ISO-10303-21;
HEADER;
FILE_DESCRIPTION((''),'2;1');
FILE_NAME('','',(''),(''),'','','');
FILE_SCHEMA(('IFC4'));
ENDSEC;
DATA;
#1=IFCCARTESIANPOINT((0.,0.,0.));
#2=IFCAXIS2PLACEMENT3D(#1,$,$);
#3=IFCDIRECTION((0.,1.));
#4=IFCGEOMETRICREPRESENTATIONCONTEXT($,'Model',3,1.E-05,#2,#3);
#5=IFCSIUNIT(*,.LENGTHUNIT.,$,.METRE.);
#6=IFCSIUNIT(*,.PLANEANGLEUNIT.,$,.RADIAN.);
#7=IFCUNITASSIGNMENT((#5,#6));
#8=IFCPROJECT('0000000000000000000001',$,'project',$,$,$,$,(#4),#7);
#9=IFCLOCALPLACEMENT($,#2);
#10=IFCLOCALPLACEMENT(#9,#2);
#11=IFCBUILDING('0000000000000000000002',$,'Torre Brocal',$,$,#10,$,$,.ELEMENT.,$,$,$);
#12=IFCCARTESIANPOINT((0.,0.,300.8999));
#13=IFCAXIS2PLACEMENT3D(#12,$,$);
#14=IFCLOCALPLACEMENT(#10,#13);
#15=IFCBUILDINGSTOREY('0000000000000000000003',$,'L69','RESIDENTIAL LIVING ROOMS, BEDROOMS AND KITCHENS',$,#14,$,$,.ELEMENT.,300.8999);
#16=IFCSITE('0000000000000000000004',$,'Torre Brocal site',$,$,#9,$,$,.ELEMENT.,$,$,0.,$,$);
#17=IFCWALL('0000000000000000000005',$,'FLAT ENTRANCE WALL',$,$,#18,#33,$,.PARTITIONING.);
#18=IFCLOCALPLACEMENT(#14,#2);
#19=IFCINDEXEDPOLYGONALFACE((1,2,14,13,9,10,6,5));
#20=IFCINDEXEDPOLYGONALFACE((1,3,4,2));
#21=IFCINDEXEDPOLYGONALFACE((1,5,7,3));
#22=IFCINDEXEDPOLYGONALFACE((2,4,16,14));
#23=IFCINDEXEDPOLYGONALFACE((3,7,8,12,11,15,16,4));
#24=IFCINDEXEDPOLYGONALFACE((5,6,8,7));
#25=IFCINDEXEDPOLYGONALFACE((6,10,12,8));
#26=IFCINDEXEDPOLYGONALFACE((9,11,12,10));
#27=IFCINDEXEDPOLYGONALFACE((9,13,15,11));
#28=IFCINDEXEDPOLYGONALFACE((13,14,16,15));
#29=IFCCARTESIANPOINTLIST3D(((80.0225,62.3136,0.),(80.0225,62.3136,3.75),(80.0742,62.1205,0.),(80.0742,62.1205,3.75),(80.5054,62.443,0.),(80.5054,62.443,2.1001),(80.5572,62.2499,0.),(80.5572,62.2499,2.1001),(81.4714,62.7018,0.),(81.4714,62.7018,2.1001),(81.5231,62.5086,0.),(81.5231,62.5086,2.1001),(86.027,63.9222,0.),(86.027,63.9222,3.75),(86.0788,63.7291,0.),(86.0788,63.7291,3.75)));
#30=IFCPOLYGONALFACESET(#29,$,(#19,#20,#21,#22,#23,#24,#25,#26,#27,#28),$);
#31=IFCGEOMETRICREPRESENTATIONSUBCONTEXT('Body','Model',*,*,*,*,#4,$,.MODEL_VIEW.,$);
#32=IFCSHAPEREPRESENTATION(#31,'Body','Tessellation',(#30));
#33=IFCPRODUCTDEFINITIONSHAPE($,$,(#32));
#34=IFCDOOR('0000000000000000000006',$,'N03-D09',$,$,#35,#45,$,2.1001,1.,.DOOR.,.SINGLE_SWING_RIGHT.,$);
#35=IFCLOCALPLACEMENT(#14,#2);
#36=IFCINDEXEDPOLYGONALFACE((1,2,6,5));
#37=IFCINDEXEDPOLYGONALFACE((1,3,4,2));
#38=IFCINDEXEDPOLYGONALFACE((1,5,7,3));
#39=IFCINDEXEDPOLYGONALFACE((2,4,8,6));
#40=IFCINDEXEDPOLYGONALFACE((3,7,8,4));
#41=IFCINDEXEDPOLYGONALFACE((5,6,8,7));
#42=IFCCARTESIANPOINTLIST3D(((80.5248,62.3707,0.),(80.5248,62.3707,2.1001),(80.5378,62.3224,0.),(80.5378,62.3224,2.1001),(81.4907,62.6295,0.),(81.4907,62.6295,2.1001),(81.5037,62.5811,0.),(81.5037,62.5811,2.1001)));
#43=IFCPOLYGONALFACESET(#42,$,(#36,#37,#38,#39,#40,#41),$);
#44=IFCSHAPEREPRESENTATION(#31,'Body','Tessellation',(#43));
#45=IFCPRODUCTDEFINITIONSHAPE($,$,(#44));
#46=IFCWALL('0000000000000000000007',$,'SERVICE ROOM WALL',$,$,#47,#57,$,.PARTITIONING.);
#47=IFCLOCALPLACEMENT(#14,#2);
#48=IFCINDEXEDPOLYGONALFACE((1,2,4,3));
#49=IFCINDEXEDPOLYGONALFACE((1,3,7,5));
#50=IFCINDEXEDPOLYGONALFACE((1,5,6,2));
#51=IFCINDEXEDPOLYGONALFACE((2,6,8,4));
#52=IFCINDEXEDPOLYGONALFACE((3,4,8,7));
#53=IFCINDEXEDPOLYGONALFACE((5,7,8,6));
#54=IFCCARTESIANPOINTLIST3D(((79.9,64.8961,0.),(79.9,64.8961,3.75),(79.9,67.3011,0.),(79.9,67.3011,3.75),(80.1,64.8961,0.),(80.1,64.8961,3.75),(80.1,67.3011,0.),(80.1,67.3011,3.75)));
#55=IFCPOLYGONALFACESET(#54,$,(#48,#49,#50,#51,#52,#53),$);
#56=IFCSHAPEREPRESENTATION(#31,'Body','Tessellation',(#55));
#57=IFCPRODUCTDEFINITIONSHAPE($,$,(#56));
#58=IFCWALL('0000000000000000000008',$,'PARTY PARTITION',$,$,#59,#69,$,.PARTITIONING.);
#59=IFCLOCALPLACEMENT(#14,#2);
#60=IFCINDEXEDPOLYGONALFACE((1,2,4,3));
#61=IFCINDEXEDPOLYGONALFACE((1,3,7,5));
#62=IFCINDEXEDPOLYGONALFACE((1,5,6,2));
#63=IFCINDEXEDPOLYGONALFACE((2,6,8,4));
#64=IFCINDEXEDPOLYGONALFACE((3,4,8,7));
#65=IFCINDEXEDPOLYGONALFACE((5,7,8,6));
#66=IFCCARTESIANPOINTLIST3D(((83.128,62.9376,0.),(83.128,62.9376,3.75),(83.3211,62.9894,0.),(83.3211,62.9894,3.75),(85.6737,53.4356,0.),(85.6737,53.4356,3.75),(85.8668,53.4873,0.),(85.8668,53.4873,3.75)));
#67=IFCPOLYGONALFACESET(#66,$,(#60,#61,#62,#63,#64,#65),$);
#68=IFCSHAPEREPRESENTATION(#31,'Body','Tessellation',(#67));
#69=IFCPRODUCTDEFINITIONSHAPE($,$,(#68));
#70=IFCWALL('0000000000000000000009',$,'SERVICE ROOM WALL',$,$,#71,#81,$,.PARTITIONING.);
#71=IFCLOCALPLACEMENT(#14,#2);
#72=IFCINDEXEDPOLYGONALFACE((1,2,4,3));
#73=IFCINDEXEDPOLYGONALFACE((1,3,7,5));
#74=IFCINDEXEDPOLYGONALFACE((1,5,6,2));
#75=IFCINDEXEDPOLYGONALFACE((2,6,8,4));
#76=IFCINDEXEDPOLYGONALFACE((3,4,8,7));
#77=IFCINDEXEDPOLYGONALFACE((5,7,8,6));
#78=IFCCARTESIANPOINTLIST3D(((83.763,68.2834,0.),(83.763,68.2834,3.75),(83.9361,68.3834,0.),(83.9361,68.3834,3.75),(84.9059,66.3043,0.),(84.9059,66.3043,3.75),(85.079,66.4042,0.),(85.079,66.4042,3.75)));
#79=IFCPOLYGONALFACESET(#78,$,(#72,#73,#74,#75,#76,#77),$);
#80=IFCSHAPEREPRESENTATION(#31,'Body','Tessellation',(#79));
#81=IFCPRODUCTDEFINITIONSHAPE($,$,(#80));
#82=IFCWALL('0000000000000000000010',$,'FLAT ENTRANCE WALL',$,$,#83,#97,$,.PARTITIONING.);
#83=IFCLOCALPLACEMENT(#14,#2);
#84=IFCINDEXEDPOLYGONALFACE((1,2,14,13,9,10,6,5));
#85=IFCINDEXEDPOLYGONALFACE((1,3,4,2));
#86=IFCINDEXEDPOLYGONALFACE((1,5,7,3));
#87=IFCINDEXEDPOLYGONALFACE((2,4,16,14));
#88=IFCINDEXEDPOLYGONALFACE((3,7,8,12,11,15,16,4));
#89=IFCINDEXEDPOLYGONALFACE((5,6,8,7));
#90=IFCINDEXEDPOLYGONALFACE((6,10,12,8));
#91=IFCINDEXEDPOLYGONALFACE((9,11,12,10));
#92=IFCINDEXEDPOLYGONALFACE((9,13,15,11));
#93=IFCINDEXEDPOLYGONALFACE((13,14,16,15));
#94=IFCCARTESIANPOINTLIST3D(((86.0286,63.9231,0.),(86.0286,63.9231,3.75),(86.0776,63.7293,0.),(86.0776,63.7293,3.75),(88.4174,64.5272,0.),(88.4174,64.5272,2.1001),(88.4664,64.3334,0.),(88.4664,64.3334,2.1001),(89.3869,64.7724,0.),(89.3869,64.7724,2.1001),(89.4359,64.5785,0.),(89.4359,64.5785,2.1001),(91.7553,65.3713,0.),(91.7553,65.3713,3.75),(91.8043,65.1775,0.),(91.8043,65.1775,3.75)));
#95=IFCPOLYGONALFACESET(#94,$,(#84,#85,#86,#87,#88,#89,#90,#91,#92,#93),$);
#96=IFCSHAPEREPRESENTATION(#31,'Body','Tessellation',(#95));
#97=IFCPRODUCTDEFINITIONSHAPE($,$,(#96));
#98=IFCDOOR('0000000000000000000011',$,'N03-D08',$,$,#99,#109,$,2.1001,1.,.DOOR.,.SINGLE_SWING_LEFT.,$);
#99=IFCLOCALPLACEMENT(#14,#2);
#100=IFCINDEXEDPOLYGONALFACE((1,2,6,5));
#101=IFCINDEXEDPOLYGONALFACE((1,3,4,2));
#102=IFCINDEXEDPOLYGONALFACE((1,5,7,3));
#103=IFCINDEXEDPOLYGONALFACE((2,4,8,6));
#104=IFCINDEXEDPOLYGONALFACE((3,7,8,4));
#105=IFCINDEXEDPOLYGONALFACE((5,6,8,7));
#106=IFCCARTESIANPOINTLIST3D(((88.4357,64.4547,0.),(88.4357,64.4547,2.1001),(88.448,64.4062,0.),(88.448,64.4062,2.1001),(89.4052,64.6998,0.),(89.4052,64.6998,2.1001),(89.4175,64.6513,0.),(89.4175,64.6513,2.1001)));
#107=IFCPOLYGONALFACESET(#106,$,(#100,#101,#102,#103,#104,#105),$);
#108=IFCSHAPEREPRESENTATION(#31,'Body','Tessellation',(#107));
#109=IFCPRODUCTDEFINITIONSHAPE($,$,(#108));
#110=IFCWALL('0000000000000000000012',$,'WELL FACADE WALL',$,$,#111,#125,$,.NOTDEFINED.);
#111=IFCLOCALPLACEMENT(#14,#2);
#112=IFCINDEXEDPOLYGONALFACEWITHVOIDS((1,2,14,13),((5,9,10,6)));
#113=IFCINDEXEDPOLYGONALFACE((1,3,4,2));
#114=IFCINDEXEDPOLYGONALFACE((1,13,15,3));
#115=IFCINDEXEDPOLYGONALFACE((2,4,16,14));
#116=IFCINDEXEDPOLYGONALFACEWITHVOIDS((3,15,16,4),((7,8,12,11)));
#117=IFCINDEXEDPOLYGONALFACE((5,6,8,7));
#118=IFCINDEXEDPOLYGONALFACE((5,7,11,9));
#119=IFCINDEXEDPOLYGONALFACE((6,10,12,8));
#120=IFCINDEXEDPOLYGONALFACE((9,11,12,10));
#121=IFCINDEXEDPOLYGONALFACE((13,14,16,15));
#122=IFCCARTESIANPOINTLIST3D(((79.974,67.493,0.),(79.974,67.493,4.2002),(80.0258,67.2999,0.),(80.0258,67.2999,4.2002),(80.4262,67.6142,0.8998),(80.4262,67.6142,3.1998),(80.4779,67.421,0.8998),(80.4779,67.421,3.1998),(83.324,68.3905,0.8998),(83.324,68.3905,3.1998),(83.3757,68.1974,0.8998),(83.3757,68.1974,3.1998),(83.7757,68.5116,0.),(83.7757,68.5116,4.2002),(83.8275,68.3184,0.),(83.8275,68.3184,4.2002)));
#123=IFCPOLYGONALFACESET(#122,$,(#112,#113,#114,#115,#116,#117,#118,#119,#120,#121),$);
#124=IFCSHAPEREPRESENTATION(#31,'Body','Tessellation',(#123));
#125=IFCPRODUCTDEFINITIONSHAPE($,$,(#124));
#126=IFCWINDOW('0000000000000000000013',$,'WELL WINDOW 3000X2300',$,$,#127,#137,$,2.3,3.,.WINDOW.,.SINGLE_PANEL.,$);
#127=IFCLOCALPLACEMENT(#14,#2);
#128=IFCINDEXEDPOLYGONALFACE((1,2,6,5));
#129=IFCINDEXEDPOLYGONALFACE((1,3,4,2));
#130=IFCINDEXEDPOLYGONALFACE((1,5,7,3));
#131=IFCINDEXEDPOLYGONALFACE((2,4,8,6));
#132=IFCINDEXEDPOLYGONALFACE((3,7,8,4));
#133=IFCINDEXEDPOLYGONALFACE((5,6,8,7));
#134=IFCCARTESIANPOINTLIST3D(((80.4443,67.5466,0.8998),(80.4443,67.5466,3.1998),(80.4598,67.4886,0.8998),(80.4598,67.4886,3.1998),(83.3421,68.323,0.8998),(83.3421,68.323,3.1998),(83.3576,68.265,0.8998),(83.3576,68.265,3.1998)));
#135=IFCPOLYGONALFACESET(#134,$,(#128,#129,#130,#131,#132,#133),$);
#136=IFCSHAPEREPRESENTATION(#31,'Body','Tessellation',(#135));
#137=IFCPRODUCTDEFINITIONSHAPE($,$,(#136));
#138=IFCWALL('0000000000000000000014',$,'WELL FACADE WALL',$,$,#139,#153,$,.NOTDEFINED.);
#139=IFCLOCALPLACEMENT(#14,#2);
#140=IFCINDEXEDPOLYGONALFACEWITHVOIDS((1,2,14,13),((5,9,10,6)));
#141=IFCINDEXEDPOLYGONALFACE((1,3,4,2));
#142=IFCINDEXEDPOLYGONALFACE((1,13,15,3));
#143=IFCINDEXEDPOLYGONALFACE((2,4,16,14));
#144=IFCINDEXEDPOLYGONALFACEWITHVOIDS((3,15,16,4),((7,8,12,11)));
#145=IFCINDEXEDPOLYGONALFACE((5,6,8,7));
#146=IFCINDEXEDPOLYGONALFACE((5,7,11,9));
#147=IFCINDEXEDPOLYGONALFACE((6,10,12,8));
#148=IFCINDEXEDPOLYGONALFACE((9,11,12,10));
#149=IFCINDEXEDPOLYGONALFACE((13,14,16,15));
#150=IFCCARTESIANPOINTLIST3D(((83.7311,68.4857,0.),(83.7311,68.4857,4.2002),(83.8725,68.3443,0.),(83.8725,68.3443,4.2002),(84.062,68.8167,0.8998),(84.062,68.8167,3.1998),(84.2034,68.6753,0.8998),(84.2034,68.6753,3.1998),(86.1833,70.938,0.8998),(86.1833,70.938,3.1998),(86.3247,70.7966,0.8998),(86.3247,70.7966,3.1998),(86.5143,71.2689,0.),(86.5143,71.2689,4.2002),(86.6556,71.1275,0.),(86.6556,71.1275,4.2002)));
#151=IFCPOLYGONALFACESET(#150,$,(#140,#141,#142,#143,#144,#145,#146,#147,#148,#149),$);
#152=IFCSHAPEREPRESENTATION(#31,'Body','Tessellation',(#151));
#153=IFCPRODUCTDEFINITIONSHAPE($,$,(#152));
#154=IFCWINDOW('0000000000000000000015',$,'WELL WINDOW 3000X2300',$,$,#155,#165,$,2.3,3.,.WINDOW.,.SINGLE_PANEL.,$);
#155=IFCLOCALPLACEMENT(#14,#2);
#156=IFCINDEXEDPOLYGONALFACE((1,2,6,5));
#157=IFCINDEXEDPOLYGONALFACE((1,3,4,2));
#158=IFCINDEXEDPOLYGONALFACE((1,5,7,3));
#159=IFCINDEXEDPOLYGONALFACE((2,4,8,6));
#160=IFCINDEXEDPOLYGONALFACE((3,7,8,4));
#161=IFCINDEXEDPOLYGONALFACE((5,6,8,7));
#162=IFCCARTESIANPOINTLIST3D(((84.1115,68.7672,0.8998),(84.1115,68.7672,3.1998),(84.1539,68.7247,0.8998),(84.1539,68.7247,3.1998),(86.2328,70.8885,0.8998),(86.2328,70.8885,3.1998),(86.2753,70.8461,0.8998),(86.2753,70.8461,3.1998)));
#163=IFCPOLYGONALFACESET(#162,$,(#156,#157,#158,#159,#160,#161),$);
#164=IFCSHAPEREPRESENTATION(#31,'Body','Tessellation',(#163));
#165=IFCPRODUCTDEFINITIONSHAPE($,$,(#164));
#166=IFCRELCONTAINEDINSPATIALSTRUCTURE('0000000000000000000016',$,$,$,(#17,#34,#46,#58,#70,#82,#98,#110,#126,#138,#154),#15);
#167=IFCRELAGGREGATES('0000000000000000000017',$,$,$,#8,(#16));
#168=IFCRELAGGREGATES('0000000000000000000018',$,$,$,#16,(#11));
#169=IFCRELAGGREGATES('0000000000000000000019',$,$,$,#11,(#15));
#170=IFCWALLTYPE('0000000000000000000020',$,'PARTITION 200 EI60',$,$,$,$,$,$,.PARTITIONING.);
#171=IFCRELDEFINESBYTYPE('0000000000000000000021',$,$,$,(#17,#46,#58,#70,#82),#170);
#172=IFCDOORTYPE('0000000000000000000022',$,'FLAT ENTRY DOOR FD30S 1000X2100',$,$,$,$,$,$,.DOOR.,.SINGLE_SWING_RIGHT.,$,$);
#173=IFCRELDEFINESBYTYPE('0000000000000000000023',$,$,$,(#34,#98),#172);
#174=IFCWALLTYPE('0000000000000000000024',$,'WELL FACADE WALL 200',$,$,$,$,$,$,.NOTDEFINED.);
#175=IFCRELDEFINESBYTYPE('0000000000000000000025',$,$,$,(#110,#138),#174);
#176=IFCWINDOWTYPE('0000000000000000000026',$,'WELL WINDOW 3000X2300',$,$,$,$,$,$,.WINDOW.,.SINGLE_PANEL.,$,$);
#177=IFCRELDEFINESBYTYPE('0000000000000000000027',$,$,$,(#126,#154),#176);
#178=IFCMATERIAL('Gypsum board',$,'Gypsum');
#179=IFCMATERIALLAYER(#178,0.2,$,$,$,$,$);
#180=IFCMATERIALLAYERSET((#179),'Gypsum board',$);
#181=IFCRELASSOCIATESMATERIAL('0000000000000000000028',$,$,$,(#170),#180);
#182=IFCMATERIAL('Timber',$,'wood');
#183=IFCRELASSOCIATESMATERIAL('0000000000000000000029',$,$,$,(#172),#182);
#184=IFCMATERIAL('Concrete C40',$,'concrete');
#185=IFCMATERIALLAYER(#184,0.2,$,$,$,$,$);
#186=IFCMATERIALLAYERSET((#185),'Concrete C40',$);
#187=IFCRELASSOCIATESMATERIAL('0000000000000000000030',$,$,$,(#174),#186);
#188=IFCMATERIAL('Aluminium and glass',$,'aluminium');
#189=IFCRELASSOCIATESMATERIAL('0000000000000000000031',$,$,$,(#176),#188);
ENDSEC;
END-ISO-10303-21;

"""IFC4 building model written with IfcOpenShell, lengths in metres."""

from ifc_helpers import new_model, si_unit, direction, frame, frame_2d, origin, place, context, subcontext, project, spatial, rectangle, extrude, material, layer, layer_set, type_object, element, fill, save


model = new_model("IFC4")

# Units and contexts
model_context = context("Model", 3, precision=1e-05, world=origin(), true_north=direction((0.0, 1.0)))
body_context = subcontext(model_context, "Body", "Model", "MODEL_VIEW")
ifc_project = project(units=[si_unit("LENGTHUNIT", "METRE"), si_unit("PLANEANGLEUNIT", "RADIAN")], contexts=[model_context])

# Site, building, storey
site_placement = place(None, origin())
site = spatial("IfcSite", under=ifc_project, at=site_placement, Name="Torre Brocal site", CompositionType="ELEMENT", RefElevation=0.0)
building_placement = place(site_placement, origin())
building = spatial("IfcBuilding", under=site, at=building_placement, Name="Torre Brocal", CompositionType="ELEMENT")
storey_placement = place(building_placement, frame((0.0, 0.0, 300.8999)))
storey = spatial("IfcBuildingStorey", under=building, at=storey_placement, Name="L69", Description="RESIDENTIAL LIVING ROOMS, BEDROOMS AND KITCHENS", CompositionType="ELEMENT", Elevation=300.8999)

# Shared definitions
ifc_material_1 = material(Name="Gypsum board", Category="Gypsum")
ifc_layer_1 = layer(ifc_material_1, 0.2)
ifc_layer_set_1 = layer_set([ifc_layer_1], Name="Gypsum board")
wall_type_1 = type_object("IfcWallType", Name="PARTITION 200 EI60", PredefinedType="PARTITIONING", material=ifc_layer_set_1)

# Wall, opening, door
wall_1_placement = place(storey_placement, frame((80.0483, 62.217, 0.0), z_axis=(0.0, 0.0, 1.0), x_axis=(0.965938, 0.258775, 0.0)))
wall_1 = element("IfcWall", 1, at=wall_1_placement, inside=storey, type_object=wall_type_1, Name="FLAT ENTRANCE WALL", PredefinedType="PARTITIONING", context=body_context, shape_type="SweptSolid", body=[
    extrude(rectangle(XDim=6.2163, YDim=0.2, at=frame_2d((3.1082, 0.0))), origin(), (0.0, 0.0, 1.0), 3.75),
])
opening_1_placement = place(wall_1_placement, frame((0.5, 0.0, 0.0)))
opening_1 = element("IfcOpeningElement", 2, at=opening_1_placement, cuts=wall_1, PredefinedType="OPENING", context=body_context, shape_type="SweptSolid", body=[
    extrude(rectangle(XDim=1.0, YDim=2.1001, at=frame_2d((0.5, 1.05))), frame((0.0, 0.1099, 0.0), z_axis=(0.0, -1.0, 0.0), x_axis=(1.0, 0.0, 0.0)), (0.0, 0.0, 1.0), 0.22),
])
ifc_material_2 = material(Name="Timber", Category="wood")
door_type_1 = type_object("IfcDoorType", Name="FLAT ENTRY DOOR FD30S 1000X2100", OperationType="SINGLE_SWING_RIGHT", PredefinedType="DOOR", material=ifc_material_2)
door_1_placement = place(opening_1_placement, frame((1.0, 0.0, 0.0), z_axis=(0.0, 0.0, 1.0), x_axis=(-1.0, 0.0, 0.0)))
door_1 = element("IfcDoor", 3, at=door_1_placement, inside=storey, type_object=door_type_1, Name="N03-D09", OperationType="SINGLE_SWING_RIGHT", OverallHeight=2.1001, OverallWidth=1.0, PredefinedType="DOOR", context=body_context, shape_type="SweptSolid", body=[
    extrude(rectangle(XDim=1.0, YDim=2.1001, at=frame_2d((0.5, 1.05))), frame((0.0, 0.0249, 0.0), z_axis=(0.0, -1.0, 0.0), x_axis=(1.0, 0.0, 0.0)), (0.0, 0.0, 1.0), 0.05),
])
fill(opening_1, door_1)

# Walls
wall_2_placement = place(storey_placement, frame((80.0, 64.896, 0.0), z_axis=(0.0, 0.0, 1.0), x_axis=(0.0, 1.0, 0.0)))
element("IfcWall", 4, at=wall_2_placement, inside=storey, type_object=wall_type_1, Name="SERVICE ROOM WALL", PredefinedType="PARTITIONING", context=body_context, shape_type="SweptSolid", body=[
    extrude(rectangle(XDim=2.405, YDim=0.2, at=frame_2d((1.2026, 0.0))), origin(), (0.0, 0.0, 1.0), 3.75),
])
wall_3_placement = place(storey_placement, frame((83.2246, 62.9634, 0.0), z_axis=(0.0, 0.0, 1.0), x_axis=(0.258782, -0.965936, 0.0)))
element("IfcWall", 5, at=wall_3_placement, inside=storey, type_object=wall_type_1, Name="PARTY PARTITION", PredefinedType="PARTITIONING", context=body_context, shape_type="SweptSolid", body=[
    extrude(rectangle(XDim=9.8372, YDim=0.2, at=frame_2d((4.9185, 0.0))), origin(), (0.0, 0.0, 1.0), 3.75),
])
wall_4_placement = place(storey_placement, frame((83.8496, 68.3333, 0.0), z_axis=(0.0, 0.0, 1.0), x_axis=(0.50008, -0.865979, 0.0)))
element("IfcWall", 6, at=wall_4_placement, inside=storey, type_object=wall_type_1, Name="SERVICE ROOM WALL", PredefinedType="PARTITIONING", context=body_context, shape_type="SweptSolid", body=[
    extrude(rectangle(XDim=2.2854, YDim=0.2, at=frame_2d((1.1426, 0.0))), origin(), (0.0, 0.0, 1.0), 3.75),
])

# Wall, opening, door
wall_5_placement = place(storey_placement, frame((86.053, 63.8262, 0.0), z_axis=(0.0, 0.0, 1.0), x_axis=(0.96948, 0.24517, 0.0)))
wall_5 = element("IfcWall", 7, at=wall_5_placement, inside=storey, type_object=wall_type_1, Name="FLAT ENTRANCE WALL", PredefinedType="PARTITIONING", context=body_context, shape_type="SweptSolid", body=[
    extrude(rectangle(XDim=5.907, YDim=0.2, at=frame_2d((2.9536, 0.0))), origin(), (0.0, 0.0, 1.0), 3.75),
])
opening_2_placement = place(wall_5_placement, frame((2.4641, 0.0, 0.0)))
opening_2 = element("IfcOpeningElement", 8, at=opening_2_placement, cuts=wall_5, PredefinedType="OPENING", context=body_context, shape_type="SweptSolid", body=[
    extrude(rectangle(XDim=1.0, YDim=2.1001, at=frame_2d((0.5, 1.05))), frame((0.0, 0.1099, 0.0), z_axis=(0.0, -1.0, 0.0), x_axis=(1.0, 0.0, 0.0)), (0.0, 0.0, 1.0), 0.22),
])
door_2_placement = place(opening_2_placement, frame((1.0, 0.0, 0.0), z_axis=(0.0, 0.0, 1.0), x_axis=(-1.0, 0.0, 0.0)))
door_2 = element("IfcDoor", 9, at=door_2_placement, inside=storey, type_object=door_type_1, Name="N03-D08", OperationType="SINGLE_SWING_LEFT", OverallHeight=2.1001, OverallWidth=1.0, PredefinedType="DOOR", context=body_context, shape_type="SweptSolid", body=[
    extrude(rectangle(XDim=1.0, YDim=2.1001, at=frame_2d((0.5, 1.05))), frame((0.0, 0.0249, 0.0), z_axis=(0.0, -1.0, 0.0), x_axis=(1.0, 0.0, 0.0)), (0.0, 0.0, 1.0), 0.05),
])
fill(opening_2, door_2)

# Walls, openings, windows
ifc_material_3 = material(Name="Concrete C40", Category="concrete")
ifc_layer_2 = layer(ifc_material_3, 0.2)
ifc_layer_set_2 = layer_set([ifc_layer_2], Name="Concrete C40")
wall_type_2 = type_object("IfcWallType", Name="WELL FACADE WALL 200", PredefinedType="NOTDEFINED", material=ifc_layer_set_2)
wall_6_placement = place(storey_placement, frame((80.0, 67.3965, 0.0), z_axis=(0.0, 0.0, 1.0), x_axis=(0.965934, 0.25879, 0.0)))
wall_6 = element("IfcWall", 10, at=wall_6_placement, inside=storey, type_object=wall_type_2, Name="WELL FACADE WALL", PredefinedType="NOTDEFINED", context=body_context, shape_type="SweptSolid", body=[
    extrude(rectangle(XDim=3.9358, YDim=0.2, at=frame_2d((1.9678, 0.0))), origin(), (0.0, 0.0, 1.0), 4.2002),
])
opening_3_placement = place(wall_6_placement, frame((0.468, 0.0, 0.8999)))
opening_3 = element("IfcOpeningElement", 11, at=opening_3_placement, cuts=wall_6, PredefinedType="OPENING", context=body_context, shape_type="SweptSolid", body=[
    extrude(rectangle(XDim=3.0, YDim=2.3, at=frame_2d((1.5, 1.1499))), frame((0.0, 0.1099, 0.0), z_axis=(0.0, -1.0, 0.0), x_axis=(1.0, 0.0, 0.0)), (0.0, 0.0, 1.0), 0.22),
])
ifc_material_4 = material(Name="Aluminium and glass", Category="aluminium")
window_type = type_object("IfcWindowType", Name="WELL WINDOW 3000X2300", PartitioningType="SINGLE_PANEL", PredefinedType="WINDOW", material=ifc_material_4)
window_1_placement = place(opening_3_placement, origin())
window_1 = element("IfcWindow", 12, at=window_1_placement, inside=storey, type_object=window_type, Name="WELL WINDOW 3000X2300", OverallHeight=2.3, OverallWidth=3.0, PartitioningType="SINGLE_PANEL", PredefinedType="WINDOW", context=body_context, shape_type="SweptSolid", body=[
    extrude(rectangle(XDim=3.0, YDim=2.3, at=frame_2d((1.5, 1.1499))), frame((0.0, 0.03, 0.0), z_axis=(0.0, -1.0, 0.0), x_axis=(1.0, 0.0, 0.0)), (0.0, 0.0, 1.0), 0.0601),
])
fill(opening_3, window_1)
wall_7_placement = place(storey_placement, frame((83.8018, 68.415, 0.0), z_axis=(0.0, 0.0, 1.0), x_axis=(0.707107, 0.707107, 0.0)))
wall_7 = element("IfcWall", 13, at=wall_7_placement, inside=storey, type_object=wall_type_2, Name="WELL FACADE WALL", PredefinedType="NOTDEFINED", context=body_context, shape_type="SweptSolid", body=[
    extrude(rectangle(XDim=3.936, YDim=0.2, at=frame_2d((1.968, 0.0))), origin(), (0.0, 0.0, 1.0), 4.2002),
])
opening_4_placement = place(wall_7_placement, frame((0.468, 0.0, 0.8999)))
opening_4 = element("IfcOpeningElement", 14, at=opening_4_placement, cuts=wall_7, PredefinedType="OPENING", context=body_context, shape_type="SweptSolid", body=[
    extrude(rectangle(XDim=3.0, YDim=2.3, at=frame_2d((1.5, 1.1499))), frame((0.0, 0.1099, 0.0), z_axis=(0.0, -1.0, 0.0), x_axis=(1.0, 0.0, 0.0)), (0.0, 0.0, 1.0), 0.22),
])
window_2_placement = place(opening_4_placement, origin())
window_2 = element("IfcWindow", 15, at=window_2_placement, inside=storey, type_object=window_type, Name="WELL WINDOW 3000X2300", OverallHeight=2.3, OverallWidth=3.0, PartitioningType="SINGLE_PANEL", PredefinedType="WINDOW", context=body_context, shape_type="SweptSolid", body=[
    extrude(rectangle(XDim=3.0, YDim=2.3, at=frame_2d((1.5, 1.1499))), frame((0.0, 0.03, 0.0), z_axis=(0.0, -1.0, 0.0), x_axis=(1.0, 0.0, 0.0)), (0.0, 0.0, 1.0), 0.0601),
])
fill(opening_4, window_2)

save(model, "model.ifc")
